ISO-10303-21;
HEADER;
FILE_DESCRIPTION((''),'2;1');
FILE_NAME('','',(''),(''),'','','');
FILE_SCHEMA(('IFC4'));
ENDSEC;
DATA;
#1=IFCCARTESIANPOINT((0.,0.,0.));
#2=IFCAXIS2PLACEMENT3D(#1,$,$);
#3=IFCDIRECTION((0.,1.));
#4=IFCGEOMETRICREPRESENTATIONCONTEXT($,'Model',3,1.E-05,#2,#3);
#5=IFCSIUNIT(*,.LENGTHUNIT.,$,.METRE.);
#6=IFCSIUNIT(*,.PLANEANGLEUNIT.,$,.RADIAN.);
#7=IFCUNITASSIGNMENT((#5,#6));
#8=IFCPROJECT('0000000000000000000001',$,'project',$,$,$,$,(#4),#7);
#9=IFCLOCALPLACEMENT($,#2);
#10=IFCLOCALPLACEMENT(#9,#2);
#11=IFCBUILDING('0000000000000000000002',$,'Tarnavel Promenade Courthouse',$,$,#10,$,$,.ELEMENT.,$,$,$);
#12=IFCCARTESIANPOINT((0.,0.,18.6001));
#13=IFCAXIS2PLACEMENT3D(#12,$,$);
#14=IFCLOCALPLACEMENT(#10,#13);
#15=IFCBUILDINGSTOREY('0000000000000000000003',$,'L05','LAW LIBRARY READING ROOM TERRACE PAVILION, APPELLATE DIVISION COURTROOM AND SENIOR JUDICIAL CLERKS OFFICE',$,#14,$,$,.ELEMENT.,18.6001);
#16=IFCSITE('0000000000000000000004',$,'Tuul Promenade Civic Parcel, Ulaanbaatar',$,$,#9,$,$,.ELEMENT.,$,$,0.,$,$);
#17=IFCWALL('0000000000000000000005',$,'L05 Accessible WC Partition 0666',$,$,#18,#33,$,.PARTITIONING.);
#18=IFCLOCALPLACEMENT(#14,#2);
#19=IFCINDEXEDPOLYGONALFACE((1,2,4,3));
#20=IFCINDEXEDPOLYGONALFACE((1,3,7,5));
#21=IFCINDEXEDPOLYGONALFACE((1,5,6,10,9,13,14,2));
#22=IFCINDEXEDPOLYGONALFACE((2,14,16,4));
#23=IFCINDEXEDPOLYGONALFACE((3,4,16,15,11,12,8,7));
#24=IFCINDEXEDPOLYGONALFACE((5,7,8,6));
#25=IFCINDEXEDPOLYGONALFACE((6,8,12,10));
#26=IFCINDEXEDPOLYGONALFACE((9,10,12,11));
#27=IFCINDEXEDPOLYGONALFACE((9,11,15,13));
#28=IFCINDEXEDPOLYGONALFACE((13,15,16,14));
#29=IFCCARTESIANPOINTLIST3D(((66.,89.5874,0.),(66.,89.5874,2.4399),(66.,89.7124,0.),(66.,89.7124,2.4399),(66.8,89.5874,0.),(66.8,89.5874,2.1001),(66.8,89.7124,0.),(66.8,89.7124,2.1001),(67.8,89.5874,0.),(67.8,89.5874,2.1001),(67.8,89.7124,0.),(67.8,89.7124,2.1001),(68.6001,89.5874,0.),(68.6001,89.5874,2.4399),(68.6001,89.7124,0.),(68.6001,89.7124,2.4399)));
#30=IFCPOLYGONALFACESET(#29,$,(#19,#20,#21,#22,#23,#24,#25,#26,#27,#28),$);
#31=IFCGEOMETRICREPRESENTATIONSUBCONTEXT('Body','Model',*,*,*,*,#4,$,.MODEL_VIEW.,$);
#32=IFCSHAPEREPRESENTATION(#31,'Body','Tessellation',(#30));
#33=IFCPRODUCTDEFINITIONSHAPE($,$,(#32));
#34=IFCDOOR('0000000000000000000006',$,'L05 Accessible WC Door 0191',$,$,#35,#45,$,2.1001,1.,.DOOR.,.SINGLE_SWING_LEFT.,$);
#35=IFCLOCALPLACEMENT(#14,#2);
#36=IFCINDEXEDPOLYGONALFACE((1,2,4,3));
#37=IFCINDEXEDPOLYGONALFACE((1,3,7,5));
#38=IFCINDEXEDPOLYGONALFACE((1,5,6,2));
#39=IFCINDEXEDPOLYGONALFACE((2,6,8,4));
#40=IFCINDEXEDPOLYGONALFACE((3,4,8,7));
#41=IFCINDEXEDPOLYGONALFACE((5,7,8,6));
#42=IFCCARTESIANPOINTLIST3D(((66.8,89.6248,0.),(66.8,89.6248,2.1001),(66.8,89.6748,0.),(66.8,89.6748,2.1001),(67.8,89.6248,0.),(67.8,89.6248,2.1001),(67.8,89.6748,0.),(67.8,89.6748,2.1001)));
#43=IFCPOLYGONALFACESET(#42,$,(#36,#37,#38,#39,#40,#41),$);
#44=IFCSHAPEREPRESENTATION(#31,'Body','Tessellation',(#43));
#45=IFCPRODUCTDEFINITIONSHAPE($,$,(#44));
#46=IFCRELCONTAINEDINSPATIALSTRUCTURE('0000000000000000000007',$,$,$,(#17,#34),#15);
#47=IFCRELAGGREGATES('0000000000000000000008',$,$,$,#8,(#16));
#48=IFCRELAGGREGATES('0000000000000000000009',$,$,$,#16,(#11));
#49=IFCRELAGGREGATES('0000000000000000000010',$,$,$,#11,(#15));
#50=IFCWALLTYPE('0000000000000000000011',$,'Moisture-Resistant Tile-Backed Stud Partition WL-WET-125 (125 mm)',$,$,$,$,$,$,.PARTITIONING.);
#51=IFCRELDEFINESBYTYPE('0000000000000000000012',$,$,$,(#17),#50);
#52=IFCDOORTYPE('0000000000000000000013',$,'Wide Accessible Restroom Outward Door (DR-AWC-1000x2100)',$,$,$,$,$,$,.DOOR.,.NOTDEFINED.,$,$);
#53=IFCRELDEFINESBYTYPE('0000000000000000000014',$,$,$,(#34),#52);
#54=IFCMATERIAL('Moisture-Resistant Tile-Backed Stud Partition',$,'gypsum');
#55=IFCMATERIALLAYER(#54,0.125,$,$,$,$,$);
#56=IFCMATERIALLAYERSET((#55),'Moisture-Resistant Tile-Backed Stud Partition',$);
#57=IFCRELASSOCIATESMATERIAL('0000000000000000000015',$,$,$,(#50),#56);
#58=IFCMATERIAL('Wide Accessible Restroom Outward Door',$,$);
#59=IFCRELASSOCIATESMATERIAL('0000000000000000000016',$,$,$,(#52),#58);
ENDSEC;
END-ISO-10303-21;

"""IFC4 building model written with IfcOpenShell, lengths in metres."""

from ifc_helpers import new_model, si_unit, direction, frame, frame_2d, origin, place, context, subcontext, project, spatial, rectangle, extrude, material, layer, layer_set, type_object, element, fill, save


model = new_model("IFC4")

# Units and contexts
model_context = context("Model", 3, precision=1e-05, world=origin(), true_north=direction((0.0, 1.0)))
body_context = subcontext(model_context, "Body", "Model", "MODEL_VIEW")
ifc_project = project(units=[si_unit("LENGTHUNIT", "METRE"), si_unit("PLANEANGLEUNIT", "RADIAN")], contexts=[model_context])

# Site, building, storey
site_placement = place(None, origin())
site = spatial("IfcSite", under=ifc_project, at=site_placement, Name="Tuul Promenade Civic Parcel, Ulaanbaatar", CompositionType="ELEMENT", RefElevation=0.0)
building_placement = place(site_placement, origin())
building = spatial("IfcBuilding", under=site, at=building_placement, Name="Tarnavel Promenade Courthouse", CompositionType="ELEMENT")
storey_placement = place(building_placement, frame((0.0, 0.0, 18.6001)))
storey = spatial("IfcBuildingStorey", under=building, at=storey_placement, Name="L05", Description="LAW LIBRARY READING ROOM TERRACE PAVILION, APPELLATE DIVISION COURTROOM AND SENIOR JUDICIAL CLERKS OFFICE", CompositionType="ELEMENT", Elevation=18.6001)

# Wall, opening, door
ifc_material_1 = material(Name="Moisture-Resistant Tile-Backed Stud Partition", Category="gypsum")
ifc_layer_1 = layer(ifc_material_1, 0.125)
ifc_layer_set_1 = layer_set([ifc_layer_1], Name="Moisture-Resistant Tile-Backed Stud Partition")
wall_type_1 = type_object("IfcWallType", Name="Moisture-Resistant Tile-Backed Stud Partition WL-WET-125 (125 mm)", PredefinedType="PARTITIONING", material=ifc_layer_set_1)
wall_1_placement = place(storey_placement, frame((66.0, 89.6499, 0.0), z_axis=(0.0, 0.0, 1.0), x_axis=(1.0, 0.0, 0.0)))
wall_1 = element("IfcWall", 1, at=wall_1_placement, inside=storey, type_object=wall_type_1, Name="L05 Accessible WC Partition 0666", PredefinedType="PARTITIONING", context=body_context, shape_type="SweptSolid", body=[
    extrude(rectangle(XDim=2.6001, YDim=0.125, at=frame_2d((1.3, 0.0))), origin(), (0.0, 0.0, 1.0), 2.4399),
])
opening_1_placement = place(wall_1_placement, frame((0.8, 0.0, 0.0)))
opening_1 = element("IfcOpeningElement", 2, at=opening_1_placement, cuts=wall_1, PredefinedType="OPENING", context=body_context, shape_type="SweptSolid", body=[
    extrude(rectangle(XDim=1.0, YDim=2.1001, at=frame_2d((0.5, 1.05))), frame((0.0, 0.0725, 0.0), z_axis=(0.0, -1.0, 0.0), x_axis=(1.0, 0.0, 0.0)), (0.0, 0.0, 1.0), 0.145),
])
ifc_material_2 = material(Name="Wide Accessible Restroom Outward Door")
door_type_1 = type_object("IfcDoorType", Name="Wide Accessible Restroom Outward Door (DR-AWC-1000x2100)", OperationType="NOTDEFINED", PredefinedType="DOOR", material=ifc_material_2)
door_1_placement = place(opening_1_placement, origin())
door_1 = element("IfcDoor", 3, at=door_1_placement, inside=storey, type_object=door_type_1, Name="L05 Accessible WC Door 0191", OperationType="SINGLE_SWING_LEFT", OverallHeight=2.1001, OverallWidth=1.0, PredefinedType="DOOR", context=body_context, shape_type="SweptSolid", body=[
    extrude(rectangle(XDim=1.0, YDim=2.1001, at=frame_2d((0.5, 1.05))), frame((0.0, 0.0249, 0.0), z_axis=(0.0, -1.0, 0.0), x_axis=(1.0, 0.0, 0.0)), (0.0, 0.0, 1.0), 0.05),
])
fill(opening_1, door_1)

save(model, "model.ifc")
